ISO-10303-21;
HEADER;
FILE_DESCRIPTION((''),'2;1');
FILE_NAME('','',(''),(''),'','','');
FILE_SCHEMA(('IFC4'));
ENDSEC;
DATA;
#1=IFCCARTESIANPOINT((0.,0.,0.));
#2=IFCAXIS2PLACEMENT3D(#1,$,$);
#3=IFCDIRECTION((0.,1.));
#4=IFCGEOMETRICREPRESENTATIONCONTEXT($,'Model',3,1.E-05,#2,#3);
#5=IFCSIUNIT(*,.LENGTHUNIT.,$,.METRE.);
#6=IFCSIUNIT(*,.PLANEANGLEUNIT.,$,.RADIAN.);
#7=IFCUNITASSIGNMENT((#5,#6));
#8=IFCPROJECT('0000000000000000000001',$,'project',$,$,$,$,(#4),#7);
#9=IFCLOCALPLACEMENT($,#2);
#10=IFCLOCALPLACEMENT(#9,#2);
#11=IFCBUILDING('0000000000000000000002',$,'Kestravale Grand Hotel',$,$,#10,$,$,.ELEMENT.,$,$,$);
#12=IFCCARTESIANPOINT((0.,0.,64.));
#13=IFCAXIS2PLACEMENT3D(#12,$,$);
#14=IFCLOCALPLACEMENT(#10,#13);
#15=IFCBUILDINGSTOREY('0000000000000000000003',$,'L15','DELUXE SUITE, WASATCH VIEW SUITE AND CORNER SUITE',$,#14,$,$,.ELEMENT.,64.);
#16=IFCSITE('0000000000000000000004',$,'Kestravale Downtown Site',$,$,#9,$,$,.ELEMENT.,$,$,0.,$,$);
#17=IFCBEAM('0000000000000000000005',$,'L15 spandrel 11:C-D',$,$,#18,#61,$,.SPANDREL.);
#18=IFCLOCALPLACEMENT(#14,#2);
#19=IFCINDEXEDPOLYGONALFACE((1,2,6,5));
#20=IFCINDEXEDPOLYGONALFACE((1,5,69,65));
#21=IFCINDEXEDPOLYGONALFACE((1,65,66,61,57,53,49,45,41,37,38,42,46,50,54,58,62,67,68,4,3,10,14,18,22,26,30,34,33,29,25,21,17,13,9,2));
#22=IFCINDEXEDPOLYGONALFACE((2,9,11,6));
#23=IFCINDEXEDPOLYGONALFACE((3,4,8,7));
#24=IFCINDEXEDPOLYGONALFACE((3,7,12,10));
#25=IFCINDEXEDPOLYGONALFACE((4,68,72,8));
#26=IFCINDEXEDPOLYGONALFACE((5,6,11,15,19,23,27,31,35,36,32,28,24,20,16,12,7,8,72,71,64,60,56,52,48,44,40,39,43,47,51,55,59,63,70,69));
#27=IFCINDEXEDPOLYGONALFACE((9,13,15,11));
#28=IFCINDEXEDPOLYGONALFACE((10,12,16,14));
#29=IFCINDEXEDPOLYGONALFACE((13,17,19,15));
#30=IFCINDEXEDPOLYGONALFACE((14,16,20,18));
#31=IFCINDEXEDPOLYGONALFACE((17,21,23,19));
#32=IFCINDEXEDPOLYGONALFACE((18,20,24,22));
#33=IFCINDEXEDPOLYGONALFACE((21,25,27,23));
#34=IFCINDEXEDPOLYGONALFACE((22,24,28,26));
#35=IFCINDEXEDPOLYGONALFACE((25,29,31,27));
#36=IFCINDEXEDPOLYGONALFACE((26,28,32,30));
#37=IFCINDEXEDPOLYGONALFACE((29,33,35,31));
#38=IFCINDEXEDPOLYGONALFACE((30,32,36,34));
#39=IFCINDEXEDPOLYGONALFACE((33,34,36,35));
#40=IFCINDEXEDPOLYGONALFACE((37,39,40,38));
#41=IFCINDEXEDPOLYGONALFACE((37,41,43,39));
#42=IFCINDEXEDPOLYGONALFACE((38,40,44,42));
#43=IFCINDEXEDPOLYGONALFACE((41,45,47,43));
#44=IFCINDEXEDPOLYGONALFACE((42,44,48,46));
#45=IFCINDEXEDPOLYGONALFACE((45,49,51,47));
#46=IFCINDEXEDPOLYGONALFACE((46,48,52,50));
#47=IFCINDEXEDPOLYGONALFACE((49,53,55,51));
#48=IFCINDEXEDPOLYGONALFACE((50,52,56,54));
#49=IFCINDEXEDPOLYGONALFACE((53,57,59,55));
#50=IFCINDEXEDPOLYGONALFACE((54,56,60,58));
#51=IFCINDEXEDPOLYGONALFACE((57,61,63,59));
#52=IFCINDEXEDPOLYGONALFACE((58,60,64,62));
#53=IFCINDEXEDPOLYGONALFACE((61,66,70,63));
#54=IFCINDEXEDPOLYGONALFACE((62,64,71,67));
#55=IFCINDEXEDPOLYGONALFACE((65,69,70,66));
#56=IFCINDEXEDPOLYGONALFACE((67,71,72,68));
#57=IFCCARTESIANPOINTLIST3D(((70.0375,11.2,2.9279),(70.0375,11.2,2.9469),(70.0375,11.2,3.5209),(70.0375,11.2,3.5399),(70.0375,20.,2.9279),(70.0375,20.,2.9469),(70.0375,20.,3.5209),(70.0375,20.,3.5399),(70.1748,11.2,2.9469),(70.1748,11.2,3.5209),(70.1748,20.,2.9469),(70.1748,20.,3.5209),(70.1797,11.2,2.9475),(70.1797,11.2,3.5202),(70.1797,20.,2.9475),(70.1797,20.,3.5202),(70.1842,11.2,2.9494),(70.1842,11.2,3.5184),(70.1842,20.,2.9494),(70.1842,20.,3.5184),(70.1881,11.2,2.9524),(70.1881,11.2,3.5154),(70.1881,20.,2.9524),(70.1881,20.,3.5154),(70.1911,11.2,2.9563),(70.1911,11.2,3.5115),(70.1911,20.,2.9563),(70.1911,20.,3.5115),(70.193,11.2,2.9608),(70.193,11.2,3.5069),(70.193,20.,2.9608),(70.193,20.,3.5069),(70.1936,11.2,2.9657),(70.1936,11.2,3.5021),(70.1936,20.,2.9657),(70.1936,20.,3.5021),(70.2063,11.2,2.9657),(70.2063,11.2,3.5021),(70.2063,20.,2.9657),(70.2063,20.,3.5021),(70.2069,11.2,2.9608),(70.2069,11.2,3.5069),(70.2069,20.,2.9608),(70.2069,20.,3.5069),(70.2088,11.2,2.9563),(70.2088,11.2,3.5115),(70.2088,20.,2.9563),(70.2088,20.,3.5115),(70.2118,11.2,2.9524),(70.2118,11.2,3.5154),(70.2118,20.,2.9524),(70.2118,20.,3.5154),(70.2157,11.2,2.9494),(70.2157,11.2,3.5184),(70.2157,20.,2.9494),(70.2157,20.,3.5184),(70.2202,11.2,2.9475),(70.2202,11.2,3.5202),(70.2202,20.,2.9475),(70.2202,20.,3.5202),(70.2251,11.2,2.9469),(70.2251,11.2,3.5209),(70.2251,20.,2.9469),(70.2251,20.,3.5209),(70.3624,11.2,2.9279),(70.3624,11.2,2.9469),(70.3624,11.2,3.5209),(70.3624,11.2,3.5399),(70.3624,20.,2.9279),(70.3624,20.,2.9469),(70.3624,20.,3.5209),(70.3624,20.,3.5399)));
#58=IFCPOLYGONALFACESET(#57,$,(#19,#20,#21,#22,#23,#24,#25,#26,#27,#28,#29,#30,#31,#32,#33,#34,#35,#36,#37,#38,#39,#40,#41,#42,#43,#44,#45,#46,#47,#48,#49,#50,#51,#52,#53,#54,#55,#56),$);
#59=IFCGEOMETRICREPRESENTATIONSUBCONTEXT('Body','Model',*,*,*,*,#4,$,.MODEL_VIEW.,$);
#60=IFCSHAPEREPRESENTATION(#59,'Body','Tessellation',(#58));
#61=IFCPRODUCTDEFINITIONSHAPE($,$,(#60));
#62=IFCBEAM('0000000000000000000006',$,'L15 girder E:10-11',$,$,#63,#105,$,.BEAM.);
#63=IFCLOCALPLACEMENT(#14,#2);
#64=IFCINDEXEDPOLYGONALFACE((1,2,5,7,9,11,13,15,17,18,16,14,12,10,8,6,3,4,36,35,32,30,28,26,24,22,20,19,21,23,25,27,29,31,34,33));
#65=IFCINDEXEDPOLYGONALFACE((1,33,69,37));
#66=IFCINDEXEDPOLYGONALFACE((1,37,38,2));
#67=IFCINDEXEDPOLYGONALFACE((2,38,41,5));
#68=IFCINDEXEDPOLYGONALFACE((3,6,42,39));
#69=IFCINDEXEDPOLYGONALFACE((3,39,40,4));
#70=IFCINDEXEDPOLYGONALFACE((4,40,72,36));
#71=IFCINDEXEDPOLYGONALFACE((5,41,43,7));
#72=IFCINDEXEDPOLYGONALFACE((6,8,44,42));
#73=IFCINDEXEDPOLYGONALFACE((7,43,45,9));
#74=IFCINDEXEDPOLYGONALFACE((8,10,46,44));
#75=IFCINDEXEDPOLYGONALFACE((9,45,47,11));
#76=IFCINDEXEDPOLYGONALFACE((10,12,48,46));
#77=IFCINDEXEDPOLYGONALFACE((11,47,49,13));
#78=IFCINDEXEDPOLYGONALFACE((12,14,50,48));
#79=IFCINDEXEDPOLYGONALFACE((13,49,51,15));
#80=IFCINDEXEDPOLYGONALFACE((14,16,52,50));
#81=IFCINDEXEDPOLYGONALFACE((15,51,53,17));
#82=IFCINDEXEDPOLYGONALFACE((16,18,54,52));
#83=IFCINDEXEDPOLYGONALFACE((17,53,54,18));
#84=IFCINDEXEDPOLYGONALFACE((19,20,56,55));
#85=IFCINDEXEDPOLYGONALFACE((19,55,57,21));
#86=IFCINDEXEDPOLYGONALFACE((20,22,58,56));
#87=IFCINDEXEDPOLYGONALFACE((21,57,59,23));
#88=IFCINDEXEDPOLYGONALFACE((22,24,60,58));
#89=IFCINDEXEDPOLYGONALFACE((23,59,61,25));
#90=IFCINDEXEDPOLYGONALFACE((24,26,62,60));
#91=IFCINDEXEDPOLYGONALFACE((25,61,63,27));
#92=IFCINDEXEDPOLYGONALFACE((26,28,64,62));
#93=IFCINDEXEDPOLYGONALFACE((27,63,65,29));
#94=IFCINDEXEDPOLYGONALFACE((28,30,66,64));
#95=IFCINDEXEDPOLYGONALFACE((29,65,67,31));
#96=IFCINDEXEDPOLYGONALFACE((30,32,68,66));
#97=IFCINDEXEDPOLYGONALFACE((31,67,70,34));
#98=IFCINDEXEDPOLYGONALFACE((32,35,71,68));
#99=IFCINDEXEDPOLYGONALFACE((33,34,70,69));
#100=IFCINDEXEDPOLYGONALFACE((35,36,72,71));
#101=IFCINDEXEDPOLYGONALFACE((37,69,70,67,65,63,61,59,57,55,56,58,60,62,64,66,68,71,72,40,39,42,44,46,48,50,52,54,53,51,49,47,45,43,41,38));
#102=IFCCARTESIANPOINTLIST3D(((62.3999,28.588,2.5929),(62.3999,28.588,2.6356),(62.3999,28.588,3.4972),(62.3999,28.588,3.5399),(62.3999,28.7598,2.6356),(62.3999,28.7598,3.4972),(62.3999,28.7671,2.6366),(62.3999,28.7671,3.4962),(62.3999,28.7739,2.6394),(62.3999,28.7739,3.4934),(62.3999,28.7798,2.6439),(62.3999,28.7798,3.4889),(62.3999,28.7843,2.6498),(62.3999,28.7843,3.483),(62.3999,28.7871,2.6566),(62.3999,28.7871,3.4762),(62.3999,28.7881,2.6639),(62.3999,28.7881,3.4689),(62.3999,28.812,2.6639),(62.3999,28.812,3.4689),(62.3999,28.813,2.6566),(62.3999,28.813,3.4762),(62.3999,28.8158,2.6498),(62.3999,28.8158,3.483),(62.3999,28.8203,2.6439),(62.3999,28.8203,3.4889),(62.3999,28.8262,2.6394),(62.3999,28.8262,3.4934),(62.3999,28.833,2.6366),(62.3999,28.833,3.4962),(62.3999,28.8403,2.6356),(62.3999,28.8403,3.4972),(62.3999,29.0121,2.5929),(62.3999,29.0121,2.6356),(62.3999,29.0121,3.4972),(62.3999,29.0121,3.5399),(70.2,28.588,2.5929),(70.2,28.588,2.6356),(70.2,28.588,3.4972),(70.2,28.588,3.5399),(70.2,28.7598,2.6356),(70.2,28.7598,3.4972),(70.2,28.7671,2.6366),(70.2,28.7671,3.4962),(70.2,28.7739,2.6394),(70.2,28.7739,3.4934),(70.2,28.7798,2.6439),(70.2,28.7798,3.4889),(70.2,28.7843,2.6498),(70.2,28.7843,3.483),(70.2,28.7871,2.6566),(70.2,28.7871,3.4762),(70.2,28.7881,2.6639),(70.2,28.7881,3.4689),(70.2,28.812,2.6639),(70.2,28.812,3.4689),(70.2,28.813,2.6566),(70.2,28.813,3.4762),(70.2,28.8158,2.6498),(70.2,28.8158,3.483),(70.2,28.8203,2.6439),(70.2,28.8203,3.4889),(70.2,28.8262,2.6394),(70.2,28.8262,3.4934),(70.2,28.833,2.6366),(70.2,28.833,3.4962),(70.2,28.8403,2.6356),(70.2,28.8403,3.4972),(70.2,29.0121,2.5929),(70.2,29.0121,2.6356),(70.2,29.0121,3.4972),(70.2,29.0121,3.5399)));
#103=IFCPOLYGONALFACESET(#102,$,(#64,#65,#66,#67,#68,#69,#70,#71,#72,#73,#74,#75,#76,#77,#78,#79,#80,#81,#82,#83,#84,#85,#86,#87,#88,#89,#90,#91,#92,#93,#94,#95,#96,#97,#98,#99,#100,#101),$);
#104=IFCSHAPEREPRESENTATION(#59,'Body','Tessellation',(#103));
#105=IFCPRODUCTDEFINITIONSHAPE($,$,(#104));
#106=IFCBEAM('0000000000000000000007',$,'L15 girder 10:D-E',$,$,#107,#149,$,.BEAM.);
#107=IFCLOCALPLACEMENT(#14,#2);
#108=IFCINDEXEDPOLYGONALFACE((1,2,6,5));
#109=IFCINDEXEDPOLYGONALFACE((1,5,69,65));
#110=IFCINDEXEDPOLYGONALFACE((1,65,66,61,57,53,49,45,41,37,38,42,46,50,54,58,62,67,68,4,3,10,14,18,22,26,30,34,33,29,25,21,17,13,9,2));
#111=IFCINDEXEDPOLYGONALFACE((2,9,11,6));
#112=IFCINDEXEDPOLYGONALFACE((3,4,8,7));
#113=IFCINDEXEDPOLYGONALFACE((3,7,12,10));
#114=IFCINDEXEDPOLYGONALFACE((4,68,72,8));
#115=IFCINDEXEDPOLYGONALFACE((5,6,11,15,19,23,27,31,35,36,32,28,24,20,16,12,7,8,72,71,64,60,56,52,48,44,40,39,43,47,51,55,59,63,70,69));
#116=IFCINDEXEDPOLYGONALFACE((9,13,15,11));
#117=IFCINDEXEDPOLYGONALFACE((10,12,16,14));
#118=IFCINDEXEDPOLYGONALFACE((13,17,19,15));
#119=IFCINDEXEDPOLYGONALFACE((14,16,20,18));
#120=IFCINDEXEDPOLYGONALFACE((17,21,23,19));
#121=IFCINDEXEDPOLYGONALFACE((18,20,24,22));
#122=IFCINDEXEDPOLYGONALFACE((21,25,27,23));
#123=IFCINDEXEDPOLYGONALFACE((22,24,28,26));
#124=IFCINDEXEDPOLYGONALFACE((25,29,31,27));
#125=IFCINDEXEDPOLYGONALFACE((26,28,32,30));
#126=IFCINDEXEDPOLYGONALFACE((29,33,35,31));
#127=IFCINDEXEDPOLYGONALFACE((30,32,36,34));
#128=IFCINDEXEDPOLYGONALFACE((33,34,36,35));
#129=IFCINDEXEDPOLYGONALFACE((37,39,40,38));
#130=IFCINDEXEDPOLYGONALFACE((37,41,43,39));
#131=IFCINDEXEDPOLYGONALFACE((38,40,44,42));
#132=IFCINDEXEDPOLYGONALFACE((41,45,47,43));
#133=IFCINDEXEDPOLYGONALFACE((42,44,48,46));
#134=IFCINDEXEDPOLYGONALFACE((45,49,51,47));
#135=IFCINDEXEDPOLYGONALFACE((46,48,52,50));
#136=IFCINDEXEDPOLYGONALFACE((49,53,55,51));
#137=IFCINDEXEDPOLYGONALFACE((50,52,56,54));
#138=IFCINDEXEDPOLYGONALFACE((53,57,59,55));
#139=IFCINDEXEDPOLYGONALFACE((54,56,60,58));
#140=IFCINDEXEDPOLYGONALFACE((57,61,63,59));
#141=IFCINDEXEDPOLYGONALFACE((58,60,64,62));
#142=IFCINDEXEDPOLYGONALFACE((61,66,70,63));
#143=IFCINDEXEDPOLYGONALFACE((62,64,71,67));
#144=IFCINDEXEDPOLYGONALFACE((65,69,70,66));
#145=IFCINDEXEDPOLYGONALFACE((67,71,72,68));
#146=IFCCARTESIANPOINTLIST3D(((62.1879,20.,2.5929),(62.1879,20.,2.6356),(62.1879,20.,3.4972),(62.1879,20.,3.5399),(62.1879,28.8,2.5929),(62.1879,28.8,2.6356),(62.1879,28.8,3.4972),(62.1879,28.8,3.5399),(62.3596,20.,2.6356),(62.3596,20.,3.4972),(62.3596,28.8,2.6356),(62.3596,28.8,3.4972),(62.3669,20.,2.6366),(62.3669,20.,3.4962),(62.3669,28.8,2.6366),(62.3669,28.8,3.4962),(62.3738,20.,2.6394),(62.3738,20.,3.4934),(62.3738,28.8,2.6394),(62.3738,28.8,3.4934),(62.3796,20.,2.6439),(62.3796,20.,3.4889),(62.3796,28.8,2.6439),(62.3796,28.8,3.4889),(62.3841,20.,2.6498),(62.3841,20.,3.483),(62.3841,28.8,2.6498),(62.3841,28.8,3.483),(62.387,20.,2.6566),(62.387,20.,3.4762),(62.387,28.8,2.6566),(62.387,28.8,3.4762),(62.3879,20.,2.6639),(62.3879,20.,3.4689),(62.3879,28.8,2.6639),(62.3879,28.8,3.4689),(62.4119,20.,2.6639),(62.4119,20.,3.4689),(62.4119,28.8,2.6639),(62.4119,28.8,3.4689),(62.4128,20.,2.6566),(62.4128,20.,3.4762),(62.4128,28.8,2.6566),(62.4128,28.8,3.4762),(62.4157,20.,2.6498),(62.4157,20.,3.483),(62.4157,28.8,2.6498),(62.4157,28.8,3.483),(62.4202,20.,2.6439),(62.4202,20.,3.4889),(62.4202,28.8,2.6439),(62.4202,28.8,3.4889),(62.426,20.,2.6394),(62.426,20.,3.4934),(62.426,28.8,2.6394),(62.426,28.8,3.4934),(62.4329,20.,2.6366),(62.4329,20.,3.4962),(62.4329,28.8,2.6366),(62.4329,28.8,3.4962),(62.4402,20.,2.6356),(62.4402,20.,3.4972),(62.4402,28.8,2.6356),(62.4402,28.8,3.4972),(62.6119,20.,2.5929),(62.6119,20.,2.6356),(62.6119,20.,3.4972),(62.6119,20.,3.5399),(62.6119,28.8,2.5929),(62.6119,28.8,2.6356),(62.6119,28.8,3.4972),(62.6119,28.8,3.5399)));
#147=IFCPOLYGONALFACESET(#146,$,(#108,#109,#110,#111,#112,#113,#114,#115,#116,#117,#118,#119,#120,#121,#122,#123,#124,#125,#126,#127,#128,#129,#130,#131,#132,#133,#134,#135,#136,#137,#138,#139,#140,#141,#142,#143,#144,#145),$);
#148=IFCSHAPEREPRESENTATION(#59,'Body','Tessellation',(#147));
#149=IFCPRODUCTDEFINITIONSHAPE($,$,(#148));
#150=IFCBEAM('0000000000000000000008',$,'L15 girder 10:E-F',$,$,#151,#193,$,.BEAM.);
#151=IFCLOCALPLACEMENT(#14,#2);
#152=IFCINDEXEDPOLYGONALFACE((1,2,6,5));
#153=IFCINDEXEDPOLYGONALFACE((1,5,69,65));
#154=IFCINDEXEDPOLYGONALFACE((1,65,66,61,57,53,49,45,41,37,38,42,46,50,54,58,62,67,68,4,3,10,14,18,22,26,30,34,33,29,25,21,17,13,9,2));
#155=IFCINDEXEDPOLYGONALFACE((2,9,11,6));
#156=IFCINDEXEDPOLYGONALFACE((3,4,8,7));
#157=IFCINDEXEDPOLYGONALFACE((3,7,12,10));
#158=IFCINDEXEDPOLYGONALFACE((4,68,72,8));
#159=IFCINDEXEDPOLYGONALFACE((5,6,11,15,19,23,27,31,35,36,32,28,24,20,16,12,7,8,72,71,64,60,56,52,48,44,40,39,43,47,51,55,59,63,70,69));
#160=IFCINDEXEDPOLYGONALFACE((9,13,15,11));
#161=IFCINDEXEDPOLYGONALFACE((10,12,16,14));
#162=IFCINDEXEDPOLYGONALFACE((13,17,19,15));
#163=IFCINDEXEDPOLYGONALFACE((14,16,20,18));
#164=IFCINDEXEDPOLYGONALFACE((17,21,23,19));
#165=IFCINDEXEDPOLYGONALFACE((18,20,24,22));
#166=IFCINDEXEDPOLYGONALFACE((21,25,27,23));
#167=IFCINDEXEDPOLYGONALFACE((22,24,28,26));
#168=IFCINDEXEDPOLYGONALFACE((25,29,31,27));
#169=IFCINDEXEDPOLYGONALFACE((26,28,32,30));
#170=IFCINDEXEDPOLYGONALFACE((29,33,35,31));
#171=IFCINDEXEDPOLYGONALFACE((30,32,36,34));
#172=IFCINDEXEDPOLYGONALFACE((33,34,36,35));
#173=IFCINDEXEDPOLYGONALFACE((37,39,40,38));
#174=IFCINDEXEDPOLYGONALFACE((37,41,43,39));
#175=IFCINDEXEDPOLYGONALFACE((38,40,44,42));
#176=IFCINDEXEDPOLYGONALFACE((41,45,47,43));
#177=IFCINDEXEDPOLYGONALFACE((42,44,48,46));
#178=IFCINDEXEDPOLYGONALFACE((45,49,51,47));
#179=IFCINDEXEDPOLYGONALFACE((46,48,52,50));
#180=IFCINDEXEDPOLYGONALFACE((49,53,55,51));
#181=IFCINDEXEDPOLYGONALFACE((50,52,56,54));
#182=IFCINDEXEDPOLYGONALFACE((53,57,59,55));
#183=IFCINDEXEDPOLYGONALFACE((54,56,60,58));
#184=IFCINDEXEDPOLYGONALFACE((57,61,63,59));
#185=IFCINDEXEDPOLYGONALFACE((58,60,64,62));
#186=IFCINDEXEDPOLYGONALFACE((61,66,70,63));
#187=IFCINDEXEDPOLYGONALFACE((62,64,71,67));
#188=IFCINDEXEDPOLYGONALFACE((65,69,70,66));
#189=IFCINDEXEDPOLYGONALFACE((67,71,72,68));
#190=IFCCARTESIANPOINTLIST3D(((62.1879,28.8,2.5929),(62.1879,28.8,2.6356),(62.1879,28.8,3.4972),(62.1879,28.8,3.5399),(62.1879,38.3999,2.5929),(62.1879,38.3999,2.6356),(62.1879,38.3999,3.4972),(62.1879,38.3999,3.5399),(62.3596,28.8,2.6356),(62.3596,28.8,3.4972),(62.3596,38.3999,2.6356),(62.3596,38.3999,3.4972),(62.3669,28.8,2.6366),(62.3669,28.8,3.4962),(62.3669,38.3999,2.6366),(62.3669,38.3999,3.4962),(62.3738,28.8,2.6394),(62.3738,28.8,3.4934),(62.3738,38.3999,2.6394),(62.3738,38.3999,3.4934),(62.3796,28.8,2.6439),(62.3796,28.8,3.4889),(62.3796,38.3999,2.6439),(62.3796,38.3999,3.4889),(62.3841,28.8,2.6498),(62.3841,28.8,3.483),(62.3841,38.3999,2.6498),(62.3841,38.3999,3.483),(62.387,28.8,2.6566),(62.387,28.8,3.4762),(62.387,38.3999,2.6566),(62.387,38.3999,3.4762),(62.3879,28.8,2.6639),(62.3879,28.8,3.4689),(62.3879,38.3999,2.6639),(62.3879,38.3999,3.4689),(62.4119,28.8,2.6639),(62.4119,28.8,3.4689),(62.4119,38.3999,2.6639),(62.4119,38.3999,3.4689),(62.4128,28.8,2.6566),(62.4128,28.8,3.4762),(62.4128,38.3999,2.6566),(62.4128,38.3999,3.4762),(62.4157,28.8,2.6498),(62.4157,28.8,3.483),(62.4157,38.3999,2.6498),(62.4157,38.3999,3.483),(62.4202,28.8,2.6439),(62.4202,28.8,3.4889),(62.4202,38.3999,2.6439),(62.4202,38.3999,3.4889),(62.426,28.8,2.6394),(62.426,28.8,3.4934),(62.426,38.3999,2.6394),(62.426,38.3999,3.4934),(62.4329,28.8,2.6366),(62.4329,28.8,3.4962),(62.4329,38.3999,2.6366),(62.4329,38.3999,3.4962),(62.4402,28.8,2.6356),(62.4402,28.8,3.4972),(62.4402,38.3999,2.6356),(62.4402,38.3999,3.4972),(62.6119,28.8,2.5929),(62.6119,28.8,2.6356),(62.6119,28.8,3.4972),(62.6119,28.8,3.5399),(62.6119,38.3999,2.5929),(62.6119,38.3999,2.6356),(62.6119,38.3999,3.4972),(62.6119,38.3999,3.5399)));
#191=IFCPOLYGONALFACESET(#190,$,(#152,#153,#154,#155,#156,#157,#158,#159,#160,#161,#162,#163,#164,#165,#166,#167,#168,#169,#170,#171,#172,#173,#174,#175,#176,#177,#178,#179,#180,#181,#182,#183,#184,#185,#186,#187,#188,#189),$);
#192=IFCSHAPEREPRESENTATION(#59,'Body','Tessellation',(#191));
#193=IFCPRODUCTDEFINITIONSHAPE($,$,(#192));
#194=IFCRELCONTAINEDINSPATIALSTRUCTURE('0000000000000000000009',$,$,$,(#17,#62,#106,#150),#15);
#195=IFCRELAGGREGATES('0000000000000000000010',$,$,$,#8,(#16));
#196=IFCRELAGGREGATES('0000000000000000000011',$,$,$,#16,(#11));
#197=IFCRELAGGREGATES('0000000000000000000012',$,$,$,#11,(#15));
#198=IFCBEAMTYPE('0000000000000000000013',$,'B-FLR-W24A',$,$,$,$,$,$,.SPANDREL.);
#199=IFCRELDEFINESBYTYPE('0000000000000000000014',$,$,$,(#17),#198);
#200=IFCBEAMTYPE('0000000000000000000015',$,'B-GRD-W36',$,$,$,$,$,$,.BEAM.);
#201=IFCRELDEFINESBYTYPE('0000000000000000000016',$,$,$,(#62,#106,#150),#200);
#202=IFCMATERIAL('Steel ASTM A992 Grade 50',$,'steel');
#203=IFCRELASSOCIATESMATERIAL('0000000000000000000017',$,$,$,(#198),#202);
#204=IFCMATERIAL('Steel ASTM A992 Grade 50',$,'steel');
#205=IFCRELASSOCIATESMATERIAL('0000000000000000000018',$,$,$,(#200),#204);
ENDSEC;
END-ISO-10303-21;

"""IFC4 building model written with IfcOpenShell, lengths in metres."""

from ifc_helpers import new_model, si_unit, direction, frame, origin, origin_2d, place, context, subcontext, project, spatial, i_section, extrude, material, material_profile, profile_set, type_object, element, save


model = new_model("IFC4")

# Units and contexts
model_context = context("Model", 3, precision=1e-05, world=origin(), true_north=direction((0.0, 1.0)))
body_context = subcontext(model_context, "Body", "Model", "MODEL_VIEW")
ifc_project = project(units=[si_unit("LENGTHUNIT", "METRE"), si_unit("PLANEANGLEUNIT", "RADIAN")], contexts=[model_context])

# Site, building, storey
site_placement = place(None, origin())
site = spatial("IfcSite", under=ifc_project, at=site_placement, Name="Kestravale Downtown Site", CompositionType="ELEMENT", RefElevation=0.0)
building_placement = place(site_placement, origin())
building = spatial("IfcBuilding", under=site, at=building_placement, Name="Kestravale Grand Hotel", CompositionType="ELEMENT")
storey_placement = place(building_placement, frame((0.0, 0.0, 64.0)))
storey = spatial("IfcBuildingStorey", under=building, at=storey_placement, Name="L15", Description="DELUXE SUITE, WASATCH VIEW SUITE AND CORNER SUITE", CompositionType="ELEMENT", Elevation=64.0)

# Beams
ifc_material_1 = material(Name="Steel ASTM A992 Grade 50", Category="steel")
ifc_material_profile_1 = material_profile(ifc_material_1, i_section(OverallWidth=0.325, OverallDepth=0.6121, WebThickness=0.0127, FlangeThickness=0.019, FilletRadius=0.0188, at=origin_2d()))
ifc_profile_set_1 = profile_set([ifc_material_profile_1], Name="Steel ASTM A992 Grade 50")
beam_type_1 = type_object("IfcBeamType", Name="B-FLR-W24A", PredefinedType="SPANDREL", material=ifc_profile_set_1)
beam_1_placement = place(storey_placement, frame((70.2, 11.2, 3.2339), z_axis=(0.0, 1.0, 0.0), x_axis=(-1.0, 0.0, 0.0)))
element("IfcBeam", 1, at=beam_1_placement, inside=storey, type_object=beam_type_1, Name="L15 spandrel 11:C-D", PredefinedType="SPANDREL", context=body_context, shape_type="SweptSolid", body=[
    extrude(i_section(OverallWidth=0.325, OverallDepth=0.6121, WebThickness=0.0127, FlangeThickness=0.019, FilletRadius=0.0188, at=origin_2d()), origin(), (0.0, 0.0, 1.0), 8.8),
])
ifc_material_2 = material(Name="Steel ASTM A992 Grade 50", Category="steel")
ifc_material_profile_2 = material_profile(ifc_material_2, i_section(OverallWidth=0.4241, OverallDepth=0.947, WebThickness=0.0239, FlangeThickness=0.0427, FilletRadius=0.0283, at=origin_2d()))
ifc_profile_set_2 = profile_set([ifc_material_profile_2], Name="Steel ASTM A992 Grade 50")
beam_type_2 = type_object("IfcBeamType", Name="B-GRD-W36", PredefinedType="BEAM", material=ifc_profile_set_2)
beam_2_placement = place(storey_placement, frame((62.3999, 28.8, 3.0664), z_axis=(1.0, 0.0, 0.0), x_axis=(0.0, 1.0, 0.0)))
element("IfcBeam", 2, at=beam_2_placement, inside=storey, type_object=beam_type_2, Name="L15 girder E:10-11", PredefinedType="BEAM", context=body_context, shape_type="SweptSolid", body=[
    extrude(i_section(OverallWidth=0.4241, OverallDepth=0.947, WebThickness=0.0239, FlangeThickness=0.0427, FilletRadius=0.0283, at=origin_2d()), origin(), (0.0, 0.0, 1.0), 7.8),
])
beam_3_placement = place(storey_placement, frame((62.3999, 20.0, 3.0664), z_axis=(0.0, 1.0, 0.0), x_axis=(-1.0, 0.0, 0.0)))
element("IfcBeam", 3, at=beam_3_placement, inside=storey, type_object=beam_type_2, Name="L15 girder 10:D-E", PredefinedType="BEAM", context=body_context, shape_type="SweptSolid", body=[
    extrude(i_section(OverallWidth=0.4241, OverallDepth=0.947, WebThickness=0.0239, FlangeThickness=0.0427, FilletRadius=0.0283, at=origin_2d()), origin(), (0.0, 0.0, 1.0), 8.8),
])
beam_4_placement = place(storey_placement, frame((62.3999, 28.8, 3.0664), z_axis=(0.0, 1.0, 0.0), x_axis=(-1.0, 0.0, 0.0)))
element("IfcBeam", 4, at=beam_4_placement, inside=storey, type_object=beam_type_2, Name="L15 girder 10:E-F", PredefinedType="BEAM", context=body_context, shape_type="SweptSolid", body=[
    extrude(i_section(OverallWidth=0.4241, OverallDepth=0.947, WebThickness=0.0239, FlangeThickness=0.0427, FilletRadius=0.0283, at=origin_2d()), origin(), (0.0, 0.0, 1.0), 9.5999),
])

save(model, "model.ifc")
